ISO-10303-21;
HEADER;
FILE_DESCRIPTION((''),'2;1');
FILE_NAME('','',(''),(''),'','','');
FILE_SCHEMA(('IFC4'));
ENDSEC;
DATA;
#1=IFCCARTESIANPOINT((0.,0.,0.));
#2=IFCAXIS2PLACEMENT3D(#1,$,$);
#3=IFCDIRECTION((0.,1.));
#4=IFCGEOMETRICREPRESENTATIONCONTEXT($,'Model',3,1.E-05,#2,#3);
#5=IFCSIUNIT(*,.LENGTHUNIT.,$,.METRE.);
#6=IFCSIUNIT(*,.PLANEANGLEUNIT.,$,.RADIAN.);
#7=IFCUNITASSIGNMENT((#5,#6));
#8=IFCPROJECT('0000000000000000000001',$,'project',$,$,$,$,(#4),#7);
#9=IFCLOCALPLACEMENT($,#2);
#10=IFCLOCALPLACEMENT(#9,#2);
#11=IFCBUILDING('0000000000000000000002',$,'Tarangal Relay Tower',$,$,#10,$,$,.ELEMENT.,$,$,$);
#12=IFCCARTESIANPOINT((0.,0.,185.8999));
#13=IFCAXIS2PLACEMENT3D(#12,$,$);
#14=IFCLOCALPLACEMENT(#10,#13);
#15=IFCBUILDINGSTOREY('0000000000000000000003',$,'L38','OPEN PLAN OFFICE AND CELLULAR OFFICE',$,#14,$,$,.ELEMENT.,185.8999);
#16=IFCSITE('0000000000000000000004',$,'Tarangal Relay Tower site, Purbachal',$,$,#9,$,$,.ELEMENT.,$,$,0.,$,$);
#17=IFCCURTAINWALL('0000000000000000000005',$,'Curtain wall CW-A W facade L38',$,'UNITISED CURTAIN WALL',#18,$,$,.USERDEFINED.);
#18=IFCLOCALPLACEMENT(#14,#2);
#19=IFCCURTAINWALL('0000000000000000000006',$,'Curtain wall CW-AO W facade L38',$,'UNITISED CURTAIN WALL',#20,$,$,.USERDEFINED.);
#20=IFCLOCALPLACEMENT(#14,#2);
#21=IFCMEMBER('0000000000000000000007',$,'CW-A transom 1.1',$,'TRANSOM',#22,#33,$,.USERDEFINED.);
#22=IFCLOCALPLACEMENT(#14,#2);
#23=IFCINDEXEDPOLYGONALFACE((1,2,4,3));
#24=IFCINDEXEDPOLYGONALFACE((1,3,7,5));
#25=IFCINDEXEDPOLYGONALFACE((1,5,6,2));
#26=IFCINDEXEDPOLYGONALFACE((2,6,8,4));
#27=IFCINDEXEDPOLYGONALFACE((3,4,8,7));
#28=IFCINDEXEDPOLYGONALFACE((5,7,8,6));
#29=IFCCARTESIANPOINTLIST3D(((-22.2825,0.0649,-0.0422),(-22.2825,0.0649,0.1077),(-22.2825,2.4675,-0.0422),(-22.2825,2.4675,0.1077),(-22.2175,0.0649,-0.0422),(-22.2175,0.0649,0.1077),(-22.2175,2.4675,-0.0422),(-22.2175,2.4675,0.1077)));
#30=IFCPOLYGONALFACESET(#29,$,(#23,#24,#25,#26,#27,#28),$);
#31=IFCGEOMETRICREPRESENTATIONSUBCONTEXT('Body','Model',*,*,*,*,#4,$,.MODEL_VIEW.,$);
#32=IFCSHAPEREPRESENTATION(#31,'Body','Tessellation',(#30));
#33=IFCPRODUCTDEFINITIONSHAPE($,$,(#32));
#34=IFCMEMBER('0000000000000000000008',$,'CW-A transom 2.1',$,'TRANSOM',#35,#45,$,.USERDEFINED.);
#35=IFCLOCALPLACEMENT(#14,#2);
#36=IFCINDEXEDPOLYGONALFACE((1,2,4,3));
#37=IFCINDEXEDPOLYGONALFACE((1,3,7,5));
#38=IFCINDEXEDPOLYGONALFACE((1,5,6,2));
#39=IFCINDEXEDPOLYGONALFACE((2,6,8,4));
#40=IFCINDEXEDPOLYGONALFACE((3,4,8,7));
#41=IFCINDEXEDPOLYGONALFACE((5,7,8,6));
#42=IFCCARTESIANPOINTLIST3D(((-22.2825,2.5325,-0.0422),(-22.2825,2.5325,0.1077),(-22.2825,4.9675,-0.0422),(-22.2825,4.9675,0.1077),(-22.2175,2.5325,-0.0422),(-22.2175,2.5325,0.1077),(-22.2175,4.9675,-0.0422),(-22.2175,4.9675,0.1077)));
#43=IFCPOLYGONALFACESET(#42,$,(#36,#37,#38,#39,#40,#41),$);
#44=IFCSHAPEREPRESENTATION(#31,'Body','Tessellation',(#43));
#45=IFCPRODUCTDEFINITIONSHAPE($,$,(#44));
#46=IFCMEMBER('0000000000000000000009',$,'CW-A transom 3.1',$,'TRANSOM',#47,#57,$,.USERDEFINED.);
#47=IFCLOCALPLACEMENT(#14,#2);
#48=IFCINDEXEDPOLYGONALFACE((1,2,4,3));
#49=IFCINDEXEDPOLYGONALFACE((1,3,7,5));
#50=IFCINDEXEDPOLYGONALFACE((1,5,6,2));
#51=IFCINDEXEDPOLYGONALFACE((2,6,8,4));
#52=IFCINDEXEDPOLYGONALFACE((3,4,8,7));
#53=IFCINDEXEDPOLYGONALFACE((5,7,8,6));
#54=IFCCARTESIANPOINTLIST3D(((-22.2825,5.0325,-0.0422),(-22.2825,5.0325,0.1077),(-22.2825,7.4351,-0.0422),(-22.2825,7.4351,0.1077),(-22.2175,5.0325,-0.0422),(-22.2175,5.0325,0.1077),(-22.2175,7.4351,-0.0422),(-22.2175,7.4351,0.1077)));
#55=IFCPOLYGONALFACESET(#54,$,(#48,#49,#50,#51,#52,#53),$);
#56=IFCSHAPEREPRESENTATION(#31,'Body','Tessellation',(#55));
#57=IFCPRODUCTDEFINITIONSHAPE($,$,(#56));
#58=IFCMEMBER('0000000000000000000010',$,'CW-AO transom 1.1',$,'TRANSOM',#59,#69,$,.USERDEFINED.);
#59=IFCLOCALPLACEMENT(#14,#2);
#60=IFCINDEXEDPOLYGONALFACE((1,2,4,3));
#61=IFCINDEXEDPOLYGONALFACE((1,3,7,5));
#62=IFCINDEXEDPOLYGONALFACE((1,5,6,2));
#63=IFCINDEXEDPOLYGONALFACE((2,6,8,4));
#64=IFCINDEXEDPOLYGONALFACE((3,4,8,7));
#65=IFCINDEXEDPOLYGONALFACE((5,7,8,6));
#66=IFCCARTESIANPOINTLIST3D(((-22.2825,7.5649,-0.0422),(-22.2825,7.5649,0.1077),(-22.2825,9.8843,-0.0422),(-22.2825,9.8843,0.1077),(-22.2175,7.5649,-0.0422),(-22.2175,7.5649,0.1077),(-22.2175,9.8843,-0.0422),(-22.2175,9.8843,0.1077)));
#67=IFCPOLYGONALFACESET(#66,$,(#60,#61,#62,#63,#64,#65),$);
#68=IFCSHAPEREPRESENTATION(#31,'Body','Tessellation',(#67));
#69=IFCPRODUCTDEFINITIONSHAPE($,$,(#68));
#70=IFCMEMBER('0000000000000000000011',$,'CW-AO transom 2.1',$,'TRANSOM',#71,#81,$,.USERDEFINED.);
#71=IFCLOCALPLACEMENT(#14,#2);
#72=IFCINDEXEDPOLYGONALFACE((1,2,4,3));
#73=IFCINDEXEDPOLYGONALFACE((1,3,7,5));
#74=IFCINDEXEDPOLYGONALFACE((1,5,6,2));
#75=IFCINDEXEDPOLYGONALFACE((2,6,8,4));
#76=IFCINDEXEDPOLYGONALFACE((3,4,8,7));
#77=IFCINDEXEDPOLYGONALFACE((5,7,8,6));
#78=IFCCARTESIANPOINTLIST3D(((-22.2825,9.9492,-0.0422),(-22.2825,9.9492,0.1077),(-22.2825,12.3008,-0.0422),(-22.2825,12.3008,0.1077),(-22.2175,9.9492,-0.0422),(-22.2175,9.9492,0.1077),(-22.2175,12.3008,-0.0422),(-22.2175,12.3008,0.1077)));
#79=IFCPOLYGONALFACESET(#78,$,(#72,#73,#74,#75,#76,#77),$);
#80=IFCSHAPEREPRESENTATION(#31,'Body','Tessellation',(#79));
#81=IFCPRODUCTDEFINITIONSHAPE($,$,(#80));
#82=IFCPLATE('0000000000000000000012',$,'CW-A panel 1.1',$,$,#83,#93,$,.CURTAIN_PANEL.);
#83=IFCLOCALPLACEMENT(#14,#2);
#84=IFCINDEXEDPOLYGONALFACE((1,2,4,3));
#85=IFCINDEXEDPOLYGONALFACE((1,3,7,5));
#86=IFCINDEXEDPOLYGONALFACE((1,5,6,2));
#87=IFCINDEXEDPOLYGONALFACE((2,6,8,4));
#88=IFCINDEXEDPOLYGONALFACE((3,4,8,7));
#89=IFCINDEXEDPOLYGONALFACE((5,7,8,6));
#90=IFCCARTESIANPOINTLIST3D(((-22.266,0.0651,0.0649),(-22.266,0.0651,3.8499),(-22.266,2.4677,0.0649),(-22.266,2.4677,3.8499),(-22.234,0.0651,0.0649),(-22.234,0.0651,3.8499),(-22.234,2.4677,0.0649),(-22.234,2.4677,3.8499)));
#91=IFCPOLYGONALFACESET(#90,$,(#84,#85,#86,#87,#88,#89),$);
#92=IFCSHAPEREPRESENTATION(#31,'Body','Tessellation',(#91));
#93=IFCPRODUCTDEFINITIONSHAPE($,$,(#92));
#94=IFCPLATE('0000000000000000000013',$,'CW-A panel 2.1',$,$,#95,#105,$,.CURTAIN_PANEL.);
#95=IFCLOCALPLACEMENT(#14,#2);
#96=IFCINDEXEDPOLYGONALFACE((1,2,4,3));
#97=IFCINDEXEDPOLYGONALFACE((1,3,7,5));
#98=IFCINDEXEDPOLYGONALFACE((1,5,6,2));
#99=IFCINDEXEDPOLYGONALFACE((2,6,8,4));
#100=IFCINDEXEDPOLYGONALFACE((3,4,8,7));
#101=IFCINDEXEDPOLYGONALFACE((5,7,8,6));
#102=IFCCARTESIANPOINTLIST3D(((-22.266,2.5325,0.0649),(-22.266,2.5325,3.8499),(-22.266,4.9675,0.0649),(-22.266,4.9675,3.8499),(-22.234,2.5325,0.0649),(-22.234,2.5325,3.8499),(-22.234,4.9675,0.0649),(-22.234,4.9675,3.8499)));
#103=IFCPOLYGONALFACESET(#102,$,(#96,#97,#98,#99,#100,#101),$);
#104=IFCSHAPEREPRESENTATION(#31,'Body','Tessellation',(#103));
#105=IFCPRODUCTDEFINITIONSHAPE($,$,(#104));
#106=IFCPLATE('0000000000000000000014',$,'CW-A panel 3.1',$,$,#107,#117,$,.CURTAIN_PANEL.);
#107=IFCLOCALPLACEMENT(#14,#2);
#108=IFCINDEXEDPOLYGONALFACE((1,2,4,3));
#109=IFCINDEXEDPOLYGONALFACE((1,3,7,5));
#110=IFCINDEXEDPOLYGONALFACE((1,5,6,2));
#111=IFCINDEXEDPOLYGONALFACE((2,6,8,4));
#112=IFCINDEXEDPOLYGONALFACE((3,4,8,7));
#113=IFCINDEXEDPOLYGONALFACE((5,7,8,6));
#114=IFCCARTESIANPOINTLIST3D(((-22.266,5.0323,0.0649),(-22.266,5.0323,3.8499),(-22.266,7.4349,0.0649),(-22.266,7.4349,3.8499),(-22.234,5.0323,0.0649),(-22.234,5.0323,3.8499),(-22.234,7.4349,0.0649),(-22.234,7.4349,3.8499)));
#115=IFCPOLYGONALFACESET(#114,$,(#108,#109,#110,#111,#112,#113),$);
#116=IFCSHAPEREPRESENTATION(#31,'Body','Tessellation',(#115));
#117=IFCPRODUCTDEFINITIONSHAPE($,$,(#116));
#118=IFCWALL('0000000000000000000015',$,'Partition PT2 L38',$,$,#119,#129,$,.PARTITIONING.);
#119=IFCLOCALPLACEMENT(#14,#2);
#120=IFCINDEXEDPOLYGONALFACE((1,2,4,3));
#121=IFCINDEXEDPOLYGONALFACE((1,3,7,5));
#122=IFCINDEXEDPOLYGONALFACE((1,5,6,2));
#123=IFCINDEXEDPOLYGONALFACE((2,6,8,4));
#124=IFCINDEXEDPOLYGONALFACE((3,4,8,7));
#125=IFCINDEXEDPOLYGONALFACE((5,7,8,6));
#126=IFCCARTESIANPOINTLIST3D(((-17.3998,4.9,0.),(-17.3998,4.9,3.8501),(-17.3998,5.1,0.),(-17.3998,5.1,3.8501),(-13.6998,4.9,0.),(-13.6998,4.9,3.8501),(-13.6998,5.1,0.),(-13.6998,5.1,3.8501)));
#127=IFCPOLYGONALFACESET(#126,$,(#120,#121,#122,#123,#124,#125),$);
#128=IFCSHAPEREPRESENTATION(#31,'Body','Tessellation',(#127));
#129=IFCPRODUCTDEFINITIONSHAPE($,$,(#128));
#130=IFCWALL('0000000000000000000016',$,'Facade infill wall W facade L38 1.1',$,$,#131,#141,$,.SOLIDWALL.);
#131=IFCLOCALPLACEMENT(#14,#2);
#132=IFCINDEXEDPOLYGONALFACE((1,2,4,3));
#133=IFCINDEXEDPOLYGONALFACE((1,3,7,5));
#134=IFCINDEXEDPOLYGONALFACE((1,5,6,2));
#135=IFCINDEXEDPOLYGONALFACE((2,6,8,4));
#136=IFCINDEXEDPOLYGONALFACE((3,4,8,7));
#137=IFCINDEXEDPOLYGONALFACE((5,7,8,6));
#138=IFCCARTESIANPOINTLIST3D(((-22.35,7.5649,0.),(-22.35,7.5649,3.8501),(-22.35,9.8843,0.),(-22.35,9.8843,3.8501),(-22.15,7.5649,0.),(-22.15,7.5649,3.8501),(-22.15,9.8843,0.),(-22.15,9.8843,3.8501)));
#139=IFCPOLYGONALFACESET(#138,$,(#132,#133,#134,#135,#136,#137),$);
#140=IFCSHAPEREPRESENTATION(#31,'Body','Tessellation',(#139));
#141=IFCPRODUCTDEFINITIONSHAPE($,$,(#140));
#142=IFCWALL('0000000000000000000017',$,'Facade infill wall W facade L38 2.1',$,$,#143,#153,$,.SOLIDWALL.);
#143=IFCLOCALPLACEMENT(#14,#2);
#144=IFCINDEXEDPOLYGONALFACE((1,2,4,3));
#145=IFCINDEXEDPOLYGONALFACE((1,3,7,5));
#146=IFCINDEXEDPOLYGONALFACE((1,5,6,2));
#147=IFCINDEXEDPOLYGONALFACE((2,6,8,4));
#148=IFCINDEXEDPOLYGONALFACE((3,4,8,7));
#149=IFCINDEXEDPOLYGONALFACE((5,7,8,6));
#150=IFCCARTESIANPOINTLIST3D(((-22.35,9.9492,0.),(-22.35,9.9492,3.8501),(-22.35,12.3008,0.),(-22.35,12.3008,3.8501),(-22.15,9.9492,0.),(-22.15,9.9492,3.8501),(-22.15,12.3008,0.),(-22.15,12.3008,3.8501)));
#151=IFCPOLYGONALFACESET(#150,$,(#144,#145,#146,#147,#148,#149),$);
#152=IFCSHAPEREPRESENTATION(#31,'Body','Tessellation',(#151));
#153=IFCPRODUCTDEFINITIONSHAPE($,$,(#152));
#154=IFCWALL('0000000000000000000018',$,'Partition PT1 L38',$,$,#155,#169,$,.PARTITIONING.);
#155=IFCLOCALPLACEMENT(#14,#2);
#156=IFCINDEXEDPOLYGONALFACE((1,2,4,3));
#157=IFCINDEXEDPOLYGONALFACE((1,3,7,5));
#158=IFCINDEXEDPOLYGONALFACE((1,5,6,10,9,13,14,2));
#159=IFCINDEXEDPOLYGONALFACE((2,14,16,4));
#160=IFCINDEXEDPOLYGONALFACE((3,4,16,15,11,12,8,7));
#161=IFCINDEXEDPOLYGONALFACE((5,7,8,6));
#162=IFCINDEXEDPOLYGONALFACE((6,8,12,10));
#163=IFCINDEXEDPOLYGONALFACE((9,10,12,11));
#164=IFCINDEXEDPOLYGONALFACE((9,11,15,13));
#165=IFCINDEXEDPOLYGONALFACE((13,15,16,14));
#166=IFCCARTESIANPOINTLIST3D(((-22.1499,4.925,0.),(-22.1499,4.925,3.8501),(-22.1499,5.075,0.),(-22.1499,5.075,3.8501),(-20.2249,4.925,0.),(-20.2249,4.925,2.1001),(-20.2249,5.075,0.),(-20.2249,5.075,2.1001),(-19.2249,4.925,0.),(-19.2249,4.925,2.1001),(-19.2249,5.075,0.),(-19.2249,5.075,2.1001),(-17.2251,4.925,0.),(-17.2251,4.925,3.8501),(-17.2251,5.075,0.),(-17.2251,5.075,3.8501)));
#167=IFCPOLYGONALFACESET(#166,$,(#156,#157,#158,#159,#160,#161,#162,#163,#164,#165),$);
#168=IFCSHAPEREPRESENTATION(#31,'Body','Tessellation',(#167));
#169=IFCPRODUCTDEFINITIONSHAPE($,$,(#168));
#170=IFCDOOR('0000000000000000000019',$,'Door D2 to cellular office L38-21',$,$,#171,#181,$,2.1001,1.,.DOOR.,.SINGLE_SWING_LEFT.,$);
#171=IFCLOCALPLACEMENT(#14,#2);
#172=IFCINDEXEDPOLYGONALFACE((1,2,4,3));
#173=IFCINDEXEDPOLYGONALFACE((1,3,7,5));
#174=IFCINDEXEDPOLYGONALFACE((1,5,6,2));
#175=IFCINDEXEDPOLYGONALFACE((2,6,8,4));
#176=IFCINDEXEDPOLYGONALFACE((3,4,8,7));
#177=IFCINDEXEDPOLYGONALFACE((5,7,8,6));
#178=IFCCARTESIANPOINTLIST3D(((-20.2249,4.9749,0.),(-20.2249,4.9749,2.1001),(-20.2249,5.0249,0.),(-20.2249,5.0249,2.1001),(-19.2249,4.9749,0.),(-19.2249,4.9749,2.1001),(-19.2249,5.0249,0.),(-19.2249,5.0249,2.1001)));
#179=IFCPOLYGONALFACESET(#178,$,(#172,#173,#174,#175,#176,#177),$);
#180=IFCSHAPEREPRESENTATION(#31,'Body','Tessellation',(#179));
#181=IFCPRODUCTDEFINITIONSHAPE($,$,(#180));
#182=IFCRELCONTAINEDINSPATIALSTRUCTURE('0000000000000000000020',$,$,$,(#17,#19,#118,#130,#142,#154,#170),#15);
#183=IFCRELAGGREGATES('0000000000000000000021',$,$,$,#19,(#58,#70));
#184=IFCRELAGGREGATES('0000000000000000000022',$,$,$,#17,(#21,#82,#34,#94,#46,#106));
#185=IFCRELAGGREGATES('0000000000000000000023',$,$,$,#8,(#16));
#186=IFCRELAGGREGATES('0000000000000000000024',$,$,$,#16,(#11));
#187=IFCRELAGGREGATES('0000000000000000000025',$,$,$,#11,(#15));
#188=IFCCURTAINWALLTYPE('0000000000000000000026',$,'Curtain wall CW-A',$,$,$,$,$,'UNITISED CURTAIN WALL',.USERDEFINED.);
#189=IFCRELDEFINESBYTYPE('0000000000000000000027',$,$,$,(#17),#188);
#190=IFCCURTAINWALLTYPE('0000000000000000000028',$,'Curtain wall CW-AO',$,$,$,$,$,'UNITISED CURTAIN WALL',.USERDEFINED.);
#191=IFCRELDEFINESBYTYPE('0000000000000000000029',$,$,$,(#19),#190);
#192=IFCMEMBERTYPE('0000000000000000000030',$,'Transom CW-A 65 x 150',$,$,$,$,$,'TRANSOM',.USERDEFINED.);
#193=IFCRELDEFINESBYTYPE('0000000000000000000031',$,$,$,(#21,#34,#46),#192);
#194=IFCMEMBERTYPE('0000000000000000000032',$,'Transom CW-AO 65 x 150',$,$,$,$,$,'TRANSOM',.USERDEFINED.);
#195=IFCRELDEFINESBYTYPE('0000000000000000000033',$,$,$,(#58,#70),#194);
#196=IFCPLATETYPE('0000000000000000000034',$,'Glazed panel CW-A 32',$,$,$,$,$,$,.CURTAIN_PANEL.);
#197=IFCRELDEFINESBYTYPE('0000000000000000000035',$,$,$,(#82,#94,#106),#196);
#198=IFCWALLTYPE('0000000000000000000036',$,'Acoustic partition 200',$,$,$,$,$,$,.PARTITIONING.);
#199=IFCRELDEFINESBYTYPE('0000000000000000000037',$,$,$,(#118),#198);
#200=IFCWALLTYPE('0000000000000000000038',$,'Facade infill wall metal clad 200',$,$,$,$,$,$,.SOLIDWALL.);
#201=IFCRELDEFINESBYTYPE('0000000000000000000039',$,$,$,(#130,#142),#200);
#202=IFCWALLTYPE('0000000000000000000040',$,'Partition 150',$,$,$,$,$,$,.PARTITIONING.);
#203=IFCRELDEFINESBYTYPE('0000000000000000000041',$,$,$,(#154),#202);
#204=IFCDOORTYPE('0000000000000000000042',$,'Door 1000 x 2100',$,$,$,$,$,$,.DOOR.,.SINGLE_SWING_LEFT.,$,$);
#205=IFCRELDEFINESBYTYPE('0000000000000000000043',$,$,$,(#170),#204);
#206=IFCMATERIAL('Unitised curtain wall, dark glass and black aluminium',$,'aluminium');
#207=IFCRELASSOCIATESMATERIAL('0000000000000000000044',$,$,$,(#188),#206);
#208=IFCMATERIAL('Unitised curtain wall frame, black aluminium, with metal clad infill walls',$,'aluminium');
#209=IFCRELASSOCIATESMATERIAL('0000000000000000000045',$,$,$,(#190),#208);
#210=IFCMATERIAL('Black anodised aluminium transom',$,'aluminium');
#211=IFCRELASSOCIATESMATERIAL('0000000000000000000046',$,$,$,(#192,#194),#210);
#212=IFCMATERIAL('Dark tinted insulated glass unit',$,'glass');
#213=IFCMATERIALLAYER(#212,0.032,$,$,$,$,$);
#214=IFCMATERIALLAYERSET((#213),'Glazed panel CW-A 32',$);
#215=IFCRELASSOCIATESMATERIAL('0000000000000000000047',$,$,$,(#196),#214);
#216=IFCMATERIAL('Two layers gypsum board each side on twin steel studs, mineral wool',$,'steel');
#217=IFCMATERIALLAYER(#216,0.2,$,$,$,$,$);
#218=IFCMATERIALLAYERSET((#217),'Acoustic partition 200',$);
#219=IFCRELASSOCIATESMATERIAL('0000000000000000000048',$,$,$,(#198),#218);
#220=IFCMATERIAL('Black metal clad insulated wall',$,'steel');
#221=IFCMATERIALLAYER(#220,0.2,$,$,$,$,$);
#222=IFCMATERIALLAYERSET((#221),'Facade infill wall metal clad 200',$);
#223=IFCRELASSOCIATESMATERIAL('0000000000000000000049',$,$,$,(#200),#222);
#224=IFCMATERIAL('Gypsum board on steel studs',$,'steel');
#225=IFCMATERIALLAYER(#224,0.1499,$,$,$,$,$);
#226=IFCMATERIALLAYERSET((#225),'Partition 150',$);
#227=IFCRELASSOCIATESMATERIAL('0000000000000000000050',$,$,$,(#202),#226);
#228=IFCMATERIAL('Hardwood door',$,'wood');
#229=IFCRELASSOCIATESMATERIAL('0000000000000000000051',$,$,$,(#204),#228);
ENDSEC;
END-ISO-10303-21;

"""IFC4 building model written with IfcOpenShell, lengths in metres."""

from ifc_helpers import new_model, si_unit, direction, frame, frame_2d, origin, origin_2d, place, context, subcontext, project, spatial, rectangle, extrude, material, layer, layer_set, material_profile, profile_set, type_object, element, fill, aggregate, save


model = new_model("IFC4")

# Units and contexts
model_context = context("Model", 3, precision=1e-05, world=origin(), true_north=direction((0.0, 1.0)))
body_context = subcontext(model_context, "Body", "Model", "MODEL_VIEW")
ifc_project = project(units=[si_unit("LENGTHUNIT", "METRE"), si_unit("PLANEANGLEUNIT", "RADIAN")], contexts=[model_context])

# Site, building, storey
site_placement = place(None, origin())
site = spatial("IfcSite", under=ifc_project, at=site_placement, Name="Tarangal Relay Tower site, Purbachal", CompositionType="ELEMENT", RefElevation=0.0)
building_placement = place(site_placement, origin())
building = spatial("IfcBuilding", under=site, at=building_placement, Name="Tarangal Relay Tower", CompositionType="ELEMENT")
storey_placement = place(building_placement, frame((0.0, 0.0, 185.8999)))
storey = spatial("IfcBuildingStorey", under=building, at=storey_placement, Name="L38", Description="OPEN PLAN OFFICE AND CELLULAR OFFICE", CompositionType="ELEMENT", Elevation=185.8999)

# Curtain walls
ifc_material_1 = material(Name="Unitised curtain wall, dark glass and black aluminium", Category="aluminium")
curtain_wall_type_1 = type_object("IfcCurtainWallType", Name="Curtain wall CW-A", ElementType="UNITISED CURTAIN WALL", PredefinedType="USERDEFINED", material=ifc_material_1)
curtain_wall_1_placement = place(storey_placement, origin())
curtain_wall_1 = element("IfcCurtainWall", 1, at=curtain_wall_1_placement, inside=storey, type_object=curtain_wall_type_1, Name="Curtain wall CW-A W facade L38", ObjectType="UNITISED CURTAIN WALL", PredefinedType="USERDEFINED")
ifc_material_2 = material(Name="Unitised curtain wall frame, black aluminium, with metal clad infill walls", Category="aluminium")
curtain_wall_type_2 = type_object("IfcCurtainWallType", Name="Curtain wall CW-AO", ElementType="UNITISED CURTAIN WALL", PredefinedType="USERDEFINED", material=ifc_material_2)
curtain_wall_2_placement = place(storey_placement, origin())
curtain_wall_2 = element("IfcCurtainWall", 2, at=curtain_wall_2_placement, inside=storey, type_object=curtain_wall_type_2, Name="Curtain wall CW-AO W facade L38", ObjectType="UNITISED CURTAIN WALL", PredefinedType="USERDEFINED")

# Members
ifc_material_3 = material(Name="Black anodised aluminium transom", Category="aluminium")
ifc_material_profile_1 = material_profile(ifc_material_3, rectangle(XDim=0.0649, YDim=0.1499, at=origin_2d()), Name="CW-AT 65X150")
ifc_profile_set_1 = profile_set([ifc_material_profile_1], Name="Black anodised aluminium transom")
member_type_1 = type_object("IfcMemberType", Name="Transom CW-A 65 x 150", ElementType="TRANSOM", PredefinedType="USERDEFINED", material=ifc_profile_set_1)
member_1_placement = place(storey_placement, frame((-22.25, 0.0649, 0.0327), z_axis=(0.0, 1.0, 0.0), x_axis=(-1.0, 0.0, 0.0)))
member_1 = element("IfcMember", 3, at=member_1_placement, type_object=member_type_1, Name="CW-A transom 1.1", ObjectType="TRANSOM", PredefinedType="USERDEFINED", context=body_context, shape_type="SweptSolid", body=[
    extrude(rectangle(XDim=0.0649, YDim=0.1499, at=origin_2d()), origin(), (0.0, 0.0, 1.0), 2.4026),
])
member_2_placement = place(storey_placement, frame((-22.25, 2.5325, 0.0327), z_axis=(0.0, 1.0, 0.0), x_axis=(-1.0, 0.0, 0.0)))
member_2 = element("IfcMember", 4, at=member_2_placement, type_object=member_type_1, Name="CW-A transom 2.1", ObjectType="TRANSOM", PredefinedType="USERDEFINED", context=body_context, shape_type="SweptSolid", body=[
    extrude(rectangle(XDim=0.0649, YDim=0.1499, at=origin_2d()), origin(), (0.0, 0.0, 1.0), 2.4351),
])
member_3_placement = place(storey_placement, frame((-22.25, 5.0325, 0.0327), z_axis=(0.0, 1.0, 0.0), x_axis=(-1.0, 0.0, 0.0)))
member_3 = element("IfcMember", 5, at=member_3_placement, type_object=member_type_1, Name="CW-A transom 3.1", ObjectType="TRANSOM", PredefinedType="USERDEFINED", context=body_context, shape_type="SweptSolid", body=[
    extrude(rectangle(XDim=0.0649, YDim=0.1499, at=origin_2d()), origin(), (0.0, 0.0, 1.0), 2.4026),
])
ifc_material_profile_2 = material_profile(ifc_material_3, rectangle(XDim=0.0649, YDim=0.1499, at=origin_2d()), Name="CW-AOT 65X150")
ifc_profile_set_2 = profile_set([ifc_material_profile_2], Name="Black anodised aluminium transom")
member_type_2 = type_object("IfcMemberType", Name="Transom CW-AO 65 x 150", ElementType="TRANSOM", PredefinedType="USERDEFINED", material=ifc_profile_set_2)
member_4_placement = place(storey_placement, frame((-22.25, 7.5649, 0.0327), z_axis=(0.0, 1.0, 0.0), x_axis=(-1.0, 0.0, 0.0)))
member_4 = element("IfcMember", 6, at=member_4_placement, type_object=member_type_2, Name="CW-AO transom 1.1", ObjectType="TRANSOM", PredefinedType="USERDEFINED", context=body_context, shape_type="SweptSolid", body=[
    extrude(rectangle(XDim=0.0649, YDim=0.1499, at=origin_2d()), origin(), (0.0, 0.0, 1.0), 2.3193),
])
member_5_placement = place(storey_placement, frame((-22.25, 9.9492, 0.0327), z_axis=(0.0, 1.0, 0.0), x_axis=(-1.0, 0.0, 0.0)))
member_5 = element("IfcMember", 7, at=member_5_placement, type_object=member_type_2, Name="CW-AO transom 2.1", ObjectType="TRANSOM", PredefinedType="USERDEFINED", context=body_context, shape_type="SweptSolid", body=[
    extrude(rectangle(XDim=0.0649, YDim=0.1499, at=origin_2d()), origin(), (0.0, 0.0, 1.0), 2.3516),
])
aggregate(curtain_wall_2, [member_4, member_5])

# Plates
ifc_material_4 = material(Name="Dark tinted insulated glass unit", Category="glass")
ifc_layer_1 = layer(ifc_material_4, 0.032)
ifc_layer_set_1 = layer_set([ifc_layer_1], Name="Glazed panel CW-A 32")
plate_type = type_object("IfcPlateType", Name="Glazed panel CW-A 32", PredefinedType="CURTAIN_PANEL", material=ifc_layer_set_1)
plate_1_placement = place(storey_placement, frame((-22.25, 1.2664, 0.0649), z_axis=(0.0, 0.0, 1.0), x_axis=(0.0, 1.0, 0.0)))
plate_1 = element("IfcPlate", 8, at=plate_1_placement, type_object=plate_type, Name="CW-A panel 1.1", PredefinedType="CURTAIN_PANEL", context=body_context, shape_type="SweptSolid", body=[
    extrude(rectangle(XDim=2.4026, YDim=0.032, at=origin_2d()), origin(), (0.0, 0.0, 1.0), 3.7849),
])
plate_2_placement = place(storey_placement, frame((-22.25, 3.75, 0.0649), z_axis=(0.0, 0.0, 1.0), x_axis=(0.0, 1.0, 0.0)))
plate_2 = element("IfcPlate", 9, at=plate_2_placement, type_object=plate_type, Name="CW-A panel 2.1", PredefinedType="CURTAIN_PANEL", context=body_context, shape_type="SweptSolid", body=[
    extrude(rectangle(XDim=2.4351, YDim=0.032, at=origin_2d()), origin(), (0.0, 0.0, 1.0), 3.7849),
])
plate_3_placement = place(storey_placement, frame((-22.25, 6.2336, 0.0649), z_axis=(0.0, 0.0, 1.0), x_axis=(0.0, 1.0, 0.0)))
plate_3 = element("IfcPlate", 10, at=plate_3_placement, type_object=plate_type, Name="CW-A panel 3.1", PredefinedType="CURTAIN_PANEL", context=body_context, shape_type="SweptSolid", body=[
    extrude(rectangle(XDim=2.4026, YDim=0.032, at=origin_2d()), origin(), (0.0, 0.0, 1.0), 3.7849),
])
aggregate(curtain_wall_1, [member_1, plate_1, member_2, plate_2, member_3, plate_3])

# Wall
ifc_material_5 = material(Name="Two layers gypsum board each side on twin steel studs, mineral wool", Category="steel")
ifc_layer_2 = layer(ifc_material_5, 0.2)
ifc_layer_set_2 = layer_set([ifc_layer_2], Name="Acoustic partition 200")
wall_type_1 = type_object("IfcWallType", Name="Acoustic partition 200", PredefinedType="PARTITIONING", material=ifc_layer_set_2)
wall_1_placement = place(storey_placement, frame((-17.3999, 5.0, 0.0), z_axis=(0.0, 0.0, 1.0), x_axis=(1.0, 0.0, 0.0)))
element("IfcWall", 11, at=wall_1_placement, inside=storey, type_object=wall_type_1, Name="Partition PT2 L38", PredefinedType="PARTITIONING", context=body_context, shape_type="SweptSolid", body=[
    extrude(rectangle(XDim=3.7, YDim=0.2, at=frame_2d((1.8501, 0.0))), origin(), (0.0, 0.0, 1.0), 3.8501),
])

# Walls
ifc_material_6 = material(Name="Black metal clad insulated wall", Category="steel")
ifc_layer_3 = layer(ifc_material_6, 0.2)
ifc_layer_set_3 = layer_set([ifc_layer_3], Name="Facade infill wall metal clad 200")
wall_type_2 = type_object("IfcWallType", Name="Facade infill wall metal clad 200", PredefinedType="SOLIDWALL", material=ifc_layer_set_3)
wall_2_placement = place(storey_placement, frame((-22.25, 7.5649, 0.0), z_axis=(0.0, 0.0, 1.0), x_axis=(0.0, 1.0, 0.0)))
element("IfcWall", 12, at=wall_2_placement, inside=storey, type_object=wall_type_2, Name="Facade infill wall W facade L38 1.1", PredefinedType="SOLIDWALL", context=body_context, shape_type="SweptSolid", body=[
    extrude(rectangle(XDim=2.3193, YDim=0.2, at=frame_2d((1.1597, 0.0))), origin(), (0.0, 0.0, 1.0), 3.8501),
])
wall_3_placement = place(storey_placement, frame((-22.25, 9.9492, 0.0), z_axis=(0.0, 0.0, 1.0), x_axis=(0.0, 1.0, 0.0)))
element("IfcWall", 13, at=wall_3_placement, inside=storey, type_object=wall_type_2, Name="Facade infill wall W facade L38 2.1", PredefinedType="SOLIDWALL", context=body_context, shape_type="SweptSolid", body=[
    extrude(rectangle(XDim=2.3516, YDim=0.2, at=frame_2d((1.1758, 0.0))), origin(), (0.0, 0.0, 1.0), 3.8501),
])

# Wall, opening, door
ifc_material_7 = material(Name="Gypsum board on steel studs", Category="steel")
ifc_layer_4 = layer(ifc_material_7, 0.1499)
ifc_layer_set_4 = layer_set([ifc_layer_4], Name="Partition 150")
wall_type_3 = type_object("IfcWallType", Name="Partition 150", PredefinedType="PARTITIONING", material=ifc_layer_set_4)
wall_4_placement = place(storey_placement, frame((-22.1499, 5.0, 0.0), z_axis=(0.0, 0.0, 1.0), x_axis=(1.0, 0.0, 0.0)))
wall_4 = element("IfcWall", 14, at=wall_4_placement, inside=storey, type_object=wall_type_3, Name="Partition PT1 L38", PredefinedType="PARTITIONING", context=body_context, shape_type="SweptSolid", body=[
    extrude(rectangle(XDim=4.9248, YDim=0.1499, at=frame_2d((2.4624, 0.0))), origin(), (0.0, 0.0, 1.0), 3.8501),
])
opening_1_placement = place(wall_4_placement, frame((1.925, 0.0, 0.0)))
opening_1 = element("IfcOpeningElement", 15, at=opening_1_placement, cuts=wall_4, PredefinedType="OPENING", context=body_context, shape_type="SweptSolid", body=[
    extrude(rectangle(XDim=1.0, YDim=2.1001, at=frame_2d((0.5, 1.05))), frame((0.0, 0.085, 0.0), z_axis=(0.0, -1.0, 0.0), x_axis=(1.0, 0.0, 0.0)), (0.0, 0.0, 1.0), 0.1699),
])
ifc_material_8 = material(Name="Hardwood door", Category="wood")
door_type_1 = type_object("IfcDoorType", Name="Door 1000 x 2100", OperationType="SINGLE_SWING_LEFT", PredefinedType="DOOR", material=ifc_material_8)
door_1_placement = place(opening_1_placement, origin())
door_1 = element("IfcDoor", 16, at=door_1_placement, inside=storey, type_object=door_type_1, Name="Door D2 to cellular office L38-21", OperationType="SINGLE_SWING_LEFT", OverallHeight=2.1001, OverallWidth=1.0, PredefinedType="DOOR", context=body_context, shape_type="SweptSolid", body=[
    extrude(rectangle(XDim=1.0, YDim=2.1001, at=frame_2d((0.5, 1.05))), frame((0.0, 0.0249, 0.0), z_axis=(0.0, -1.0, 0.0), x_axis=(1.0, 0.0, 0.0)), (0.0, 0.0, 1.0), 0.05),
])
fill(opening_1, door_1)

save(model, "model.ifc")
